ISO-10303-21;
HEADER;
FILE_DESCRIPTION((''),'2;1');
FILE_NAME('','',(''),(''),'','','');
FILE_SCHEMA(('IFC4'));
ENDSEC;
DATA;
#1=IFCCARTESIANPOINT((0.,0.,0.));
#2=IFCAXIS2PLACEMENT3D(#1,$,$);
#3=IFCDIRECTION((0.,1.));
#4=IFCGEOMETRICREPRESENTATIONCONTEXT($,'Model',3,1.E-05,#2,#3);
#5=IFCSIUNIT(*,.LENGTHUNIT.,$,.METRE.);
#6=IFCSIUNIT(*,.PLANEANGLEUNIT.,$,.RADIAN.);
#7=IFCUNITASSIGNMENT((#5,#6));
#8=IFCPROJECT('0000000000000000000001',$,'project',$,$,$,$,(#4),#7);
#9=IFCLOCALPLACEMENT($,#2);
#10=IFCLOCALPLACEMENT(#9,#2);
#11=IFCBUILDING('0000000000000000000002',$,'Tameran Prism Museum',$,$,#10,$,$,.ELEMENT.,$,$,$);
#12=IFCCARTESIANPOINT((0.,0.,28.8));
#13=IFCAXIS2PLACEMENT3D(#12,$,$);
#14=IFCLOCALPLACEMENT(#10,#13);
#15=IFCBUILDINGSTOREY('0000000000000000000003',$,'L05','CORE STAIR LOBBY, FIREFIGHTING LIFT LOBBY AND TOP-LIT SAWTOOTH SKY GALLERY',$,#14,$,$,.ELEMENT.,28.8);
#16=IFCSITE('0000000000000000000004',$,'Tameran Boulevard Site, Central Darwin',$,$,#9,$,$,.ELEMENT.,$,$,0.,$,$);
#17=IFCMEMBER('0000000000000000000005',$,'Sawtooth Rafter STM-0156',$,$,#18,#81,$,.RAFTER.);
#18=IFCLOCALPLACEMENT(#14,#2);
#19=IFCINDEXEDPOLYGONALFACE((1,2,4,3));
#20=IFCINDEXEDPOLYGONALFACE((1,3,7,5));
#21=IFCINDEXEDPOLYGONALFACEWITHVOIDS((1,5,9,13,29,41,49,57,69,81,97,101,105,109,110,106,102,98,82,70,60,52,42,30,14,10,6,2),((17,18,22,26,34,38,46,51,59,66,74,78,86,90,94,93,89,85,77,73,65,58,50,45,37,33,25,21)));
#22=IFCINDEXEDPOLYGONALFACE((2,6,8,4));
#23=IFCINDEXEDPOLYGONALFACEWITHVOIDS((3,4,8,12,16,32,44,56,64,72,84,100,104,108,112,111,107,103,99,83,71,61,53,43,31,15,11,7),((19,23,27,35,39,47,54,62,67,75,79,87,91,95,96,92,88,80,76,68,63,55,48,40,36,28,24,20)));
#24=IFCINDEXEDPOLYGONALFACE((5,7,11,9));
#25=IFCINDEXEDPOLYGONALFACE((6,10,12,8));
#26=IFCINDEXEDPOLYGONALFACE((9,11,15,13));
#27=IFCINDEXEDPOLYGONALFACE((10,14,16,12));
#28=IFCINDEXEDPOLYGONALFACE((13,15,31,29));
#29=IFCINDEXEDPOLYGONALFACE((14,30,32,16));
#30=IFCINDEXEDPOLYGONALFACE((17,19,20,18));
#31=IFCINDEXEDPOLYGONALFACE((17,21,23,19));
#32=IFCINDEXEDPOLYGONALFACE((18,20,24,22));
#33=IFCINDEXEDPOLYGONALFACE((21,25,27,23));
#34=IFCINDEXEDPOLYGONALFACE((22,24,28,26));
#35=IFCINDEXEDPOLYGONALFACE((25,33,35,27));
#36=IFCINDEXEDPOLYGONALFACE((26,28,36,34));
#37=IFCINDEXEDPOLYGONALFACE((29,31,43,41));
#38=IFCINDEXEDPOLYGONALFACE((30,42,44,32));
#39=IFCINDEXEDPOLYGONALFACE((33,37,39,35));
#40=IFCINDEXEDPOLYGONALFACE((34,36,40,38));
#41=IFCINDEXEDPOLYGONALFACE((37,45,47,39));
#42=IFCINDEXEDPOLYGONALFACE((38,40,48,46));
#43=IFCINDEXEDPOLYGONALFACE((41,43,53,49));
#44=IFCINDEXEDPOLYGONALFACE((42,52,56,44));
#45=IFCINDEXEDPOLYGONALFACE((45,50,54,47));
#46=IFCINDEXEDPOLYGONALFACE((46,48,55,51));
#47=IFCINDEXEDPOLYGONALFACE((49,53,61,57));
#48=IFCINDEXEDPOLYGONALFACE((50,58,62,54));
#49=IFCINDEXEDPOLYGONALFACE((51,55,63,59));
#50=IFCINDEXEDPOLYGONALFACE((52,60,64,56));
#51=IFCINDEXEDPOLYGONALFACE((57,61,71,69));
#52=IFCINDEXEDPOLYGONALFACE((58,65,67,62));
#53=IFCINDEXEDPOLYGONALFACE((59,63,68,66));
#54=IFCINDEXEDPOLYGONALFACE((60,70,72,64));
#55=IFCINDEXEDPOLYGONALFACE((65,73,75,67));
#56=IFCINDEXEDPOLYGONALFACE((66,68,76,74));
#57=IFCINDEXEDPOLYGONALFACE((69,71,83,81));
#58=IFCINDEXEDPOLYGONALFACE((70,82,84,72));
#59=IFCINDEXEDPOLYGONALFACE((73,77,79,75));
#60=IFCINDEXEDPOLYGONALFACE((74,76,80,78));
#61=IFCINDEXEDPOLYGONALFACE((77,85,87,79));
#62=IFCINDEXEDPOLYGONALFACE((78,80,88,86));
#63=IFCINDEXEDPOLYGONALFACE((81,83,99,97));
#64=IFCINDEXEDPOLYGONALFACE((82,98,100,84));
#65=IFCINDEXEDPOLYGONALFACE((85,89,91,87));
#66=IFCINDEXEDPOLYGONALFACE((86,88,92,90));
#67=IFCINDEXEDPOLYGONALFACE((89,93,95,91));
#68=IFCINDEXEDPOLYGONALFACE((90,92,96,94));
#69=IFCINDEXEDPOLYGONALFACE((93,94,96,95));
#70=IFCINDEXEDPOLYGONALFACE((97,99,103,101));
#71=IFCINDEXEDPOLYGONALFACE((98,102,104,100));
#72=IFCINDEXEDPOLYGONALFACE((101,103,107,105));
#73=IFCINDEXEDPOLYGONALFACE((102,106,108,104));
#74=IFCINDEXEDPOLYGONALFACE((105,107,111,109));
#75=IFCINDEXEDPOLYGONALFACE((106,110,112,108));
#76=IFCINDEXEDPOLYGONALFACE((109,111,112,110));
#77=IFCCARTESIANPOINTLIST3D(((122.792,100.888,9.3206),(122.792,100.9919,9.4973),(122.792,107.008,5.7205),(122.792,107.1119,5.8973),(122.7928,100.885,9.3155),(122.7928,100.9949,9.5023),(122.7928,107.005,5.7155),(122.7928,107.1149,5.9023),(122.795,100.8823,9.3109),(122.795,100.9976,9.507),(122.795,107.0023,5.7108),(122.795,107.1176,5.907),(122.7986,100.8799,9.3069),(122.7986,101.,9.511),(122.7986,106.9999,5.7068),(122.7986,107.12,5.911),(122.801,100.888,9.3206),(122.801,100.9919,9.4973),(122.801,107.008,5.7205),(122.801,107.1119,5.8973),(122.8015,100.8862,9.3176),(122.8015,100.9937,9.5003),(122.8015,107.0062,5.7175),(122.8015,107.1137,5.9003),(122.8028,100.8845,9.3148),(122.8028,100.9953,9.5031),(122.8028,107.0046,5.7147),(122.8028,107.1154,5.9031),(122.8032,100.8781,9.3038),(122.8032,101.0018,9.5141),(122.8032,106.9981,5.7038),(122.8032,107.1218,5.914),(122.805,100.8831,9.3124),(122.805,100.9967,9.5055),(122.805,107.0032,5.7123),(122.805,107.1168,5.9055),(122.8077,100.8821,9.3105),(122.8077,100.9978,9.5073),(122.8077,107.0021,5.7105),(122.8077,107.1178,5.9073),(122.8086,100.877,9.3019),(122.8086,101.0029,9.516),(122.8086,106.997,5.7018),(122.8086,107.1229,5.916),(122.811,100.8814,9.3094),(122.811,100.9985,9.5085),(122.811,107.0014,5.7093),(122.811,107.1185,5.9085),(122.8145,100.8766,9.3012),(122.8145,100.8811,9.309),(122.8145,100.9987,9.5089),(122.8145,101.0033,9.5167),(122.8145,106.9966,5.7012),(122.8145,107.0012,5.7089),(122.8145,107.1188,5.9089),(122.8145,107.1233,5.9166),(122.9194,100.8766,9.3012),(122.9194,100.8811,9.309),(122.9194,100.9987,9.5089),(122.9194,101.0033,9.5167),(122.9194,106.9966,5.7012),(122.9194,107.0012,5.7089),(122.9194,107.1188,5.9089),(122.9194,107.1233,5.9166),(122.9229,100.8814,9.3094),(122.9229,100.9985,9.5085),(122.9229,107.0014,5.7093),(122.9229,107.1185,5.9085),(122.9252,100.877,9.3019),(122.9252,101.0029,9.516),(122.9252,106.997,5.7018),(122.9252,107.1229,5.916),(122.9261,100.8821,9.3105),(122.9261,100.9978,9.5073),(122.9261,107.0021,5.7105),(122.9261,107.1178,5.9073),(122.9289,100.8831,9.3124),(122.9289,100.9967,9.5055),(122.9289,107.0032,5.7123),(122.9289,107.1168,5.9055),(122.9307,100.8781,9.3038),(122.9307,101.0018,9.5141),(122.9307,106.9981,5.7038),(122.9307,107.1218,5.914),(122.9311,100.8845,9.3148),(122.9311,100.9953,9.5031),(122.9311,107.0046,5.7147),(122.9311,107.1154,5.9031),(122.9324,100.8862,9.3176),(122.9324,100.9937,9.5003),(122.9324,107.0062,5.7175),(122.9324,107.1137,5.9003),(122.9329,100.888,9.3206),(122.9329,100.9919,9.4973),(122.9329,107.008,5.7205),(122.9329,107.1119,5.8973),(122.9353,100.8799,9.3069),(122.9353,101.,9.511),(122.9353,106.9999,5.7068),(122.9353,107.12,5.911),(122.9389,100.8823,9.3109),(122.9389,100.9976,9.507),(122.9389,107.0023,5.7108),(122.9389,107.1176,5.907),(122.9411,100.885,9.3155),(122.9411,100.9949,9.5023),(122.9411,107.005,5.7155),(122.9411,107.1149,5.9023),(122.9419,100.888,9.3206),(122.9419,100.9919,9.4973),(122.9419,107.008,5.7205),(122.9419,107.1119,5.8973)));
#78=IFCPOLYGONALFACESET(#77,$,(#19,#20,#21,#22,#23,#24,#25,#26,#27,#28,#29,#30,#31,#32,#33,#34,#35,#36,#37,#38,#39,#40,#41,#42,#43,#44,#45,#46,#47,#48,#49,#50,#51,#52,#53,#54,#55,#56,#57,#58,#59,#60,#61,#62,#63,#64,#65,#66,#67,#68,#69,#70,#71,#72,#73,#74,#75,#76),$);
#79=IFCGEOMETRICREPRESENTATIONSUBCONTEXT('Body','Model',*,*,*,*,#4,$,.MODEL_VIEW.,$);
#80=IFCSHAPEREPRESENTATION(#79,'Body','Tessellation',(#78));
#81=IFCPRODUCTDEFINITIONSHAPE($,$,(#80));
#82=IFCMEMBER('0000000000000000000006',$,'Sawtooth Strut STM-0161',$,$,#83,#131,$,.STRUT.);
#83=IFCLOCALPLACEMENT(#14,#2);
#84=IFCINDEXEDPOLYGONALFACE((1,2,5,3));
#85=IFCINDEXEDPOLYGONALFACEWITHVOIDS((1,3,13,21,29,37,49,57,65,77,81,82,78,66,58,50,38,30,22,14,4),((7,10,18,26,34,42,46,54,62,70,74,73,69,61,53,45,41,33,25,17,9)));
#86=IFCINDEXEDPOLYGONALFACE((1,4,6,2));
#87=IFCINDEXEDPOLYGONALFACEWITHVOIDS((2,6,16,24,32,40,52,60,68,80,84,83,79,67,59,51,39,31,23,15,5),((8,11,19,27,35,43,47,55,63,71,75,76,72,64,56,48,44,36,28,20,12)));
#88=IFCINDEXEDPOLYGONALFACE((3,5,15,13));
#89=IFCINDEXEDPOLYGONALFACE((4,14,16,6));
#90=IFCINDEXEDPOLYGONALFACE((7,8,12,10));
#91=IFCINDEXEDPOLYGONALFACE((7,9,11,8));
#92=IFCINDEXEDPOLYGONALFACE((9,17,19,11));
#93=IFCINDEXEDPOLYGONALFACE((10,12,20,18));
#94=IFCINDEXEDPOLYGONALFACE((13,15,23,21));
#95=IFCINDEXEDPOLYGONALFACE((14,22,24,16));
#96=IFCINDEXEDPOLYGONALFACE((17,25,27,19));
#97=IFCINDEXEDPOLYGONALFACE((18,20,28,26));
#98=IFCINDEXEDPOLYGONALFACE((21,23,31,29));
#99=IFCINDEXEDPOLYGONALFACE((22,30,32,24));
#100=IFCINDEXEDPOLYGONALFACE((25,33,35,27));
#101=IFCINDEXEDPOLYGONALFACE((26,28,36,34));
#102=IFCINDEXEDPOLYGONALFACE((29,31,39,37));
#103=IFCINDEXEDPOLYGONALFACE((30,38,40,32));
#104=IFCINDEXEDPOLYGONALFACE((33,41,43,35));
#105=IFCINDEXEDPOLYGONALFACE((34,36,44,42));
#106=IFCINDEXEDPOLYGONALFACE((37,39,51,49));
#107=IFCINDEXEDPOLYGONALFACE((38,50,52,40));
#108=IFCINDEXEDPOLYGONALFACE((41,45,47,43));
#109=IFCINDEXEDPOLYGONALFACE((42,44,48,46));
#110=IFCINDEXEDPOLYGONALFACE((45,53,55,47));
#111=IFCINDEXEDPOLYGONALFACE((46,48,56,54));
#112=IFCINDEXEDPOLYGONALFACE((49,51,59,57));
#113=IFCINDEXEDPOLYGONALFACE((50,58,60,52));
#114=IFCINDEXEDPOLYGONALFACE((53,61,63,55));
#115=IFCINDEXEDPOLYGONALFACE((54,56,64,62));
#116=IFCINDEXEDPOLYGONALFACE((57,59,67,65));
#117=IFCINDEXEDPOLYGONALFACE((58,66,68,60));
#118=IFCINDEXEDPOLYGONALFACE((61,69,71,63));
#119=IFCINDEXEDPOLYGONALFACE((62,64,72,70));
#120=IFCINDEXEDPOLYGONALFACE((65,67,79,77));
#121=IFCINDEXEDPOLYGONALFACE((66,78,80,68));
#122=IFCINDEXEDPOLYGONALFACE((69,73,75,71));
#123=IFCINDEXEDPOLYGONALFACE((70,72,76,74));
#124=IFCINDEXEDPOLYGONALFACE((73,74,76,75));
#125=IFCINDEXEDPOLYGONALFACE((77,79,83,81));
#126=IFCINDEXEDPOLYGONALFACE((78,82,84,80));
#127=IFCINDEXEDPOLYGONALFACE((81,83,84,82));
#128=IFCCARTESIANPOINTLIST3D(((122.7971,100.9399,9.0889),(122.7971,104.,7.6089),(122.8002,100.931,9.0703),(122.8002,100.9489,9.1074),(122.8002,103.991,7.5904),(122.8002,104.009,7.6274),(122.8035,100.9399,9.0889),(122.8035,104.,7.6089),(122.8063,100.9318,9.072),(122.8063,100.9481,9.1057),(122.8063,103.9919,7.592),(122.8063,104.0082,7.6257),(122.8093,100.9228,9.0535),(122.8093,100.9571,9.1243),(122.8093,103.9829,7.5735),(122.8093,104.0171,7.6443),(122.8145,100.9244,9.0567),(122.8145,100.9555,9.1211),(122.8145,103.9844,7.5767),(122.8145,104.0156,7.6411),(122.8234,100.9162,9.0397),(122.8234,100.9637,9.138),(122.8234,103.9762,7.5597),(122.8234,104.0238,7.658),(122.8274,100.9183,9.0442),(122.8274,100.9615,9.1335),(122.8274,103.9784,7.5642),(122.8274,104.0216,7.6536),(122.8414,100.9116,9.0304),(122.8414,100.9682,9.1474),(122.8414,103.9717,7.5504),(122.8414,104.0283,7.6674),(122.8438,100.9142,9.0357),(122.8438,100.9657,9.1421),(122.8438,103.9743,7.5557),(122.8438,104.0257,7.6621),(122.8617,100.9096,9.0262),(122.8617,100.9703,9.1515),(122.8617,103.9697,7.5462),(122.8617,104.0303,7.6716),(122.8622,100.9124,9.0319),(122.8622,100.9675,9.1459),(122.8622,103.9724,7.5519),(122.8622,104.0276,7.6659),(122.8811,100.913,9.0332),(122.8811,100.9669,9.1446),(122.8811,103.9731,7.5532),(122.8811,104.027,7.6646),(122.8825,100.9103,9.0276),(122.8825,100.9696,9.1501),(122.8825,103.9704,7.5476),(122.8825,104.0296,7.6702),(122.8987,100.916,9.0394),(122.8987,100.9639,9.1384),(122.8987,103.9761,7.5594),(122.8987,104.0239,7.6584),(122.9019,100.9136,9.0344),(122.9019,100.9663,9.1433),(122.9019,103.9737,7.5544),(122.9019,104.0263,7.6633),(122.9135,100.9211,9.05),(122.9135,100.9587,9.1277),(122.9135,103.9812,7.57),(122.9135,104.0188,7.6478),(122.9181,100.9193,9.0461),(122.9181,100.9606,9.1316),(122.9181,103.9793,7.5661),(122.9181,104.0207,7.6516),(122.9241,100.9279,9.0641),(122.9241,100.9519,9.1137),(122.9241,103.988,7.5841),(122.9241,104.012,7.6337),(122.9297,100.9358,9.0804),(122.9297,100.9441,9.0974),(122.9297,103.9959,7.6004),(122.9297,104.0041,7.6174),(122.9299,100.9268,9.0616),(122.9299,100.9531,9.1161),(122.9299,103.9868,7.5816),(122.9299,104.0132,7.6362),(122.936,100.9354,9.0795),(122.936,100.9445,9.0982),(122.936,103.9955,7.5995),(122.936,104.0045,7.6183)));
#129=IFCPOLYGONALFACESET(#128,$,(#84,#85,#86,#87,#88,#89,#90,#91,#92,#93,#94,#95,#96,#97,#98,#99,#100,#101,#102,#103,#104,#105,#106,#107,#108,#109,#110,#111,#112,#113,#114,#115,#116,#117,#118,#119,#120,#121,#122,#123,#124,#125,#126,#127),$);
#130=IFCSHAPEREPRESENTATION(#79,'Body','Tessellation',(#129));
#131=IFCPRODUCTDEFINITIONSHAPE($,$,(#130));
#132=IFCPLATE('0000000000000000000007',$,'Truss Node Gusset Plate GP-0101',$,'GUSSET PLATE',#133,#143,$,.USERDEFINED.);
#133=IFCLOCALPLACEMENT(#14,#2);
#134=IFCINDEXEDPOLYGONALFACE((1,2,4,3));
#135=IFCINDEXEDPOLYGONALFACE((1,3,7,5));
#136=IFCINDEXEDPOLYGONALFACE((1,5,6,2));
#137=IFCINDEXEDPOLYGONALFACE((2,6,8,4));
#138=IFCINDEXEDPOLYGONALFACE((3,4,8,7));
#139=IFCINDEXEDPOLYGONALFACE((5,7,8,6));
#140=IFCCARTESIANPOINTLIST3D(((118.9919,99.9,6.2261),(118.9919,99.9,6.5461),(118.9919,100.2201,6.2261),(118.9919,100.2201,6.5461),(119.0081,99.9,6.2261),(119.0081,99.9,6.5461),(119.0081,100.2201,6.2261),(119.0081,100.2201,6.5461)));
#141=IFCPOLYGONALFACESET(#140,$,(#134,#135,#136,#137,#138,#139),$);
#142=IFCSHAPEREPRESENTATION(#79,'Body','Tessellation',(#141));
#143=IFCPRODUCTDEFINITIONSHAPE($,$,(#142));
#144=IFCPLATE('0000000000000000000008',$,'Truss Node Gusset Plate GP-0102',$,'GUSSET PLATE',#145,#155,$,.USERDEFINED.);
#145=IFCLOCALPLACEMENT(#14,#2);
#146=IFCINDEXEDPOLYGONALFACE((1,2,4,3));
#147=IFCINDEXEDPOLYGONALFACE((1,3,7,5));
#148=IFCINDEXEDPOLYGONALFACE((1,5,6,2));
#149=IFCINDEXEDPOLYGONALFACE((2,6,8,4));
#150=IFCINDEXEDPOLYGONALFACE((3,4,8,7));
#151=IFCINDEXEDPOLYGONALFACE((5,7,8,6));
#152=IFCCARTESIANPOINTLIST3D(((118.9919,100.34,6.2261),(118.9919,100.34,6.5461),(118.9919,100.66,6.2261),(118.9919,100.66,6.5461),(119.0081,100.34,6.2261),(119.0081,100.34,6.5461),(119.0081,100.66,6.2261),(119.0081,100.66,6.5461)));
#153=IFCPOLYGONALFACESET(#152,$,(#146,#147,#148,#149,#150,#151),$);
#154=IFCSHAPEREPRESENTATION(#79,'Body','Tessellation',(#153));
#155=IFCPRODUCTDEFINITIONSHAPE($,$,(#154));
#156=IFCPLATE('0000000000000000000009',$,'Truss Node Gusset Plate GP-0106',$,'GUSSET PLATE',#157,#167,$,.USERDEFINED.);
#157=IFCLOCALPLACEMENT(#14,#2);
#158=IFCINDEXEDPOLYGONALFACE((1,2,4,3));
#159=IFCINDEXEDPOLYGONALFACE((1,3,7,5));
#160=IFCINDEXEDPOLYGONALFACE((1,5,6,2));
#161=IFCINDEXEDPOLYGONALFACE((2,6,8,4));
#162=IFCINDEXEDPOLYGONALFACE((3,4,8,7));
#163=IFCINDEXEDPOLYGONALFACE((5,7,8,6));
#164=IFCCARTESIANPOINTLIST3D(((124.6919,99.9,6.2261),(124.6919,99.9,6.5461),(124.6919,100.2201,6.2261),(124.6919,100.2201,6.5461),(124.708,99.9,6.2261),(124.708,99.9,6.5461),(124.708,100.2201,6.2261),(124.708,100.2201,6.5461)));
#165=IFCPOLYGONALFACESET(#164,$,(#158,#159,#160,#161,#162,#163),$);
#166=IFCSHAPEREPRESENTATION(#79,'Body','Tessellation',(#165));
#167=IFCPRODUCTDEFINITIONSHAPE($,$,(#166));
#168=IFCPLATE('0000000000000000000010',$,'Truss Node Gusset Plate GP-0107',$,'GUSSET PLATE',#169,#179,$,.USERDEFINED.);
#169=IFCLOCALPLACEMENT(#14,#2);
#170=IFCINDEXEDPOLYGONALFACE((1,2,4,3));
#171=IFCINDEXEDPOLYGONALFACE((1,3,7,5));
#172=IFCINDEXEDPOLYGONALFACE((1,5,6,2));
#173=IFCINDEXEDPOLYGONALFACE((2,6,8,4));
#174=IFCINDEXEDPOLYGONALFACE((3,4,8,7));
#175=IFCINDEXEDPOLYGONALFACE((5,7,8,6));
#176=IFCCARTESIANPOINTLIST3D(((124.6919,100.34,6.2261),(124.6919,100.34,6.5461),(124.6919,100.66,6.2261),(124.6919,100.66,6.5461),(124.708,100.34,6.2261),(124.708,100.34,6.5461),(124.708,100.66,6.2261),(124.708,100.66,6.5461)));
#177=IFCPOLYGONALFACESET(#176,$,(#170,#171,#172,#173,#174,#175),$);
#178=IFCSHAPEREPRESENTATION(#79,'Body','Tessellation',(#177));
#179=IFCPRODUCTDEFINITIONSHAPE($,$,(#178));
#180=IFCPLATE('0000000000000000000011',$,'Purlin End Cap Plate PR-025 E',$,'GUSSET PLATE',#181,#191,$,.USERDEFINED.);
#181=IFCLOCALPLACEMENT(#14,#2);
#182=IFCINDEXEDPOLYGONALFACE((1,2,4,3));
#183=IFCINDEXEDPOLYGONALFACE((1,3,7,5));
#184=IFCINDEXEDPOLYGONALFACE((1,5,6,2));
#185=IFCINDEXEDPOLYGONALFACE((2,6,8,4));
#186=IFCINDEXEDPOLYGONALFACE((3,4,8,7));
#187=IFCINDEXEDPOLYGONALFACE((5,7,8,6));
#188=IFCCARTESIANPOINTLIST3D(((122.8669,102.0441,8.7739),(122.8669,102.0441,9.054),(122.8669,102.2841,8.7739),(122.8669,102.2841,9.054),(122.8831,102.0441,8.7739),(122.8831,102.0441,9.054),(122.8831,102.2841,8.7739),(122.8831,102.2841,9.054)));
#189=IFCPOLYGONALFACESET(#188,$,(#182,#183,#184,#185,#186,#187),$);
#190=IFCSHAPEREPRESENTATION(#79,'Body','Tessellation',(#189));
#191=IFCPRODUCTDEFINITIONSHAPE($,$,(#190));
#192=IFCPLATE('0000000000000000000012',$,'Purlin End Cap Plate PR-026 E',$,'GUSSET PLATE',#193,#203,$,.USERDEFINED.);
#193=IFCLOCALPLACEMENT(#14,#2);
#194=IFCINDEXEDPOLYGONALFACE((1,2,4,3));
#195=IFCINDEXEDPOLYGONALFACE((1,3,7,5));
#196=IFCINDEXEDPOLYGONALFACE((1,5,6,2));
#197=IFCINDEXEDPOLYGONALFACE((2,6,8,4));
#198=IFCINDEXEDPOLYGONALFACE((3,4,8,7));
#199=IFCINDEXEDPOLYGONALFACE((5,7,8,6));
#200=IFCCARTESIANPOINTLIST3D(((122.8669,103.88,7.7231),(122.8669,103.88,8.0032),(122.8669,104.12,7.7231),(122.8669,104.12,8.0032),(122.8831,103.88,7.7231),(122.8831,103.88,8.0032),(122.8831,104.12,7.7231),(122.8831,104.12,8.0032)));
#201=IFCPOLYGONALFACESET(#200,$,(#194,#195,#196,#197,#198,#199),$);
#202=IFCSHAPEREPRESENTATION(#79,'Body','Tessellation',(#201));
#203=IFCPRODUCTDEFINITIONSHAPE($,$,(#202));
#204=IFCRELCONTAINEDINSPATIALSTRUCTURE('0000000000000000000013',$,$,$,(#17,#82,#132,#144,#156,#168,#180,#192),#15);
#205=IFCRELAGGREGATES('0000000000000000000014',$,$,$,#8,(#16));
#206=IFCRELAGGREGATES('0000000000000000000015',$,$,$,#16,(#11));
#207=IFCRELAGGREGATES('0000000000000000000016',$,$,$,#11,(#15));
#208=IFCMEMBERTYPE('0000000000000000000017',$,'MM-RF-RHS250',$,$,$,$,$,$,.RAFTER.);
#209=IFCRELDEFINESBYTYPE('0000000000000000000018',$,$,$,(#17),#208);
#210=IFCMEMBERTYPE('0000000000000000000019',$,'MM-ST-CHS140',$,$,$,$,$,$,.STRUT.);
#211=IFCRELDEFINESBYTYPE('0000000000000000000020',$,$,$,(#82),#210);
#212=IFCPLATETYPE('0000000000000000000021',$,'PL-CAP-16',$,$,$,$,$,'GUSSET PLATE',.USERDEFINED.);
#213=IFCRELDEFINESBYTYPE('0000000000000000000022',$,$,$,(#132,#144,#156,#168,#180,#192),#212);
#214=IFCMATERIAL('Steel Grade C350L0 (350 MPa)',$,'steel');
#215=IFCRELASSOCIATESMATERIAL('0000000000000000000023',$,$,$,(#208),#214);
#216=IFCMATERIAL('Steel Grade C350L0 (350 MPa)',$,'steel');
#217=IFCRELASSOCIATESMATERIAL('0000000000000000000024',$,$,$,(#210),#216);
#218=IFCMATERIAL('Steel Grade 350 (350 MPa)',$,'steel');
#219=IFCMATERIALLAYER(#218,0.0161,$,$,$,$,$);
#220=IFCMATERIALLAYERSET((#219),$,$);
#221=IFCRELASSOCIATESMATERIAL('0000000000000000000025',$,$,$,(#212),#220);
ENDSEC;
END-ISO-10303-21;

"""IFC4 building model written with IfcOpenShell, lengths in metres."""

from ifc_helpers import new_model, si_unit, direction, frame, origin, origin_2d, place, context, subcontext, project, spatial, rectangle, hollow_rectangle, hollow_circle, extrude, material, layer, layer_set, material_profile, profile_set, type_object, element, save


model = new_model("IFC4")

# Units and contexts
model_context = context("Model", 3, precision=1e-05, world=origin(), true_north=direction((0.0, 1.0)))
body_context = subcontext(model_context, "Body", "Model", "MODEL_VIEW")
ifc_project = project(units=[si_unit("LENGTHUNIT", "METRE"), si_unit("PLANEANGLEUNIT", "RADIAN")], contexts=[model_context])

# Site, building, storey
site_placement = place(None, origin())
site = spatial("IfcSite", under=ifc_project, at=site_placement, Name="Tameran Boulevard Site, Central Darwin", CompositionType="ELEMENT", RefElevation=0.0)
building_placement = place(site_placement, origin())
building = spatial("IfcBuilding", under=site, at=building_placement, Name="Tameran Prism Museum", CompositionType="ELEMENT")
storey_placement = place(building_placement, frame((0.0, 0.0, 28.8)))
storey = spatial("IfcBuildingStorey", under=building, at=storey_placement, Name="L05", Description="CORE STAIR LOBBY, FIREFIGHTING LIFT LOBBY AND TOP-LIT SAWTOOTH SKY GALLERY", CompositionType="ELEMENT", Elevation=28.8)

# Members
ifc_material_1 = material(Name="Steel Grade C350L0 (350 MPa)", Category="steel")
ifc_material_profile_1 = material_profile(ifc_material_1, hollow_rectangle(XDim=0.1499, YDim=0.25, WallThickness=0.009, InnerFilletRadius=0.0134, OuterFilletRadius=0.0225, at=origin_2d()))
ifc_profile_set_1 = profile_set([ifc_material_profile_1])
member_type_1 = type_object("IfcMemberType", Name="MM-RF-RHS250", PredefinedType="RAFTER", material=ifc_profile_set_1)
member_1_placement = place(storey_placement, frame((122.8669, 100.9399, 9.4089), z_axis=(0.0, 0.861932, -0.507023), x_axis=(-1.0, 0.0, 0.0)))
element("IfcMember", 1, at=member_1_placement, inside=storey, type_object=member_type_1, Name="Sawtooth Rafter STM-0156", PredefinedType="RAFTER", context=body_context, shape_type="SweptSolid", body=[
    extrude(hollow_rectangle(XDim=0.1499, YDim=0.25, WallThickness=0.009, InnerFilletRadius=0.0134, OuterFilletRadius=0.0225, at=origin_2d()), origin(), (0.0, 0.0, 1.0), 7.1003),
])
ifc_material_2 = material(Name="Steel Grade C350L0 (350 MPa)", Category="steel")
ifc_material_profile_2 = material_profile(ifc_material_2, hollow_circle(Radius=0.0698, WallThickness=0.0063, at=origin_2d()))
ifc_profile_set_2 = profile_set([ifc_material_profile_2])
member_type_2 = type_object("IfcMemberType", Name="MM-ST-CHS140", PredefinedType="STRUT", material=ifc_profile_set_2)
member_2_placement = place(storey_placement, frame((122.8669, 100.9399, 9.0889), z_axis=(0.0, 0.900239, -0.435396), x_axis=(-1.0, 0.0, 0.0)))
element("IfcMember", 2, at=member_2_placement, inside=storey, type_object=member_type_2, Name="Sawtooth Strut STM-0161", PredefinedType="STRUT", context=body_context, shape_type="SweptSolid", body=[
    extrude(hollow_circle(Radius=0.0698, WallThickness=0.0063, at=origin_2d()), origin(), (0.0, 0.0, 1.0), 3.3992),
])

# Plates
ifc_material_3 = material(Name="Steel Grade 350 (350 MPa)", Category="steel")
ifc_layer_1 = layer(ifc_material_3, 0.0161)
ifc_layer_set_1 = layer_set([ifc_layer_1])
plate_type_1 = type_object("IfcPlateType", Name="PL-CAP-16", ElementType="GUSSET PLATE", PredefinedType="USERDEFINED", material=ifc_layer_set_1)
for number, where, z_axis, x_axis, name in (
    (3, (119.0, 100.0601, 6.2261), (0.0, 0.0, 1.0), (1.0, 0.0, 0.0), "Truss Node Gusset Plate GP-0101"),
    (4, (119.0, 100.5, 6.2261), (0.0, 0.0, 1.0), (1.0, 0.0, 0.0), "Truss Node Gusset Plate GP-0102"),
    (5, (124.7, 100.0601, 6.2261), (0.0, 0.0, 1.0), (1.0, 0.0, 0.0), "Truss Node Gusset Plate GP-0106"),
    (6, (124.7, 100.5, 6.2261), (0.0, 0.0, 1.0), (1.0, 0.0, 0.0), "Truss Node Gusset Plate GP-0107"),
):
    element("IfcPlate", number, at=place(storey_placement, frame(where, z_axis=z_axis, x_axis=x_axis)), inside=storey, type_object=plate_type_1, Name=name, ObjectType="GUSSET PLATE", PredefinedType="USERDEFINED", context=body_context, shape_type="SweptSolid", body=[
        extrude(rectangle(XDim=0.0161, YDim=0.3201, at=origin_2d()), origin(), (0.0, 0.0, 1.0), 0.3201),
    ])
for number, where, z_axis, x_axis, name in (
    (7, (122.875, 102.1641, 8.7739), (0.0, 0.0, 1.0), (1.0, 0.0, 0.0), "Purlin End Cap Plate PR-025 E"),
    (8, (122.875, 104.0, 7.7231), (0.0, 0.0, 1.0), (1.0, 0.0, 0.0), "Purlin End Cap Plate PR-026 E"),
):
    element("IfcPlate", number, at=place(storey_placement, frame(where, z_axis=z_axis, x_axis=x_axis)), inside=storey, type_object=plate_type_1, Name=name, ObjectType="GUSSET PLATE", PredefinedType="USERDEFINED", context=body_context, shape_type="SweptSolid", body=[
        extrude(rectangle(XDim=0.0161, YDim=0.24, at=origin_2d()), origin(), (0.0, 0.0, 1.0), 0.28),
    ])

save(model, "model.ifc")
